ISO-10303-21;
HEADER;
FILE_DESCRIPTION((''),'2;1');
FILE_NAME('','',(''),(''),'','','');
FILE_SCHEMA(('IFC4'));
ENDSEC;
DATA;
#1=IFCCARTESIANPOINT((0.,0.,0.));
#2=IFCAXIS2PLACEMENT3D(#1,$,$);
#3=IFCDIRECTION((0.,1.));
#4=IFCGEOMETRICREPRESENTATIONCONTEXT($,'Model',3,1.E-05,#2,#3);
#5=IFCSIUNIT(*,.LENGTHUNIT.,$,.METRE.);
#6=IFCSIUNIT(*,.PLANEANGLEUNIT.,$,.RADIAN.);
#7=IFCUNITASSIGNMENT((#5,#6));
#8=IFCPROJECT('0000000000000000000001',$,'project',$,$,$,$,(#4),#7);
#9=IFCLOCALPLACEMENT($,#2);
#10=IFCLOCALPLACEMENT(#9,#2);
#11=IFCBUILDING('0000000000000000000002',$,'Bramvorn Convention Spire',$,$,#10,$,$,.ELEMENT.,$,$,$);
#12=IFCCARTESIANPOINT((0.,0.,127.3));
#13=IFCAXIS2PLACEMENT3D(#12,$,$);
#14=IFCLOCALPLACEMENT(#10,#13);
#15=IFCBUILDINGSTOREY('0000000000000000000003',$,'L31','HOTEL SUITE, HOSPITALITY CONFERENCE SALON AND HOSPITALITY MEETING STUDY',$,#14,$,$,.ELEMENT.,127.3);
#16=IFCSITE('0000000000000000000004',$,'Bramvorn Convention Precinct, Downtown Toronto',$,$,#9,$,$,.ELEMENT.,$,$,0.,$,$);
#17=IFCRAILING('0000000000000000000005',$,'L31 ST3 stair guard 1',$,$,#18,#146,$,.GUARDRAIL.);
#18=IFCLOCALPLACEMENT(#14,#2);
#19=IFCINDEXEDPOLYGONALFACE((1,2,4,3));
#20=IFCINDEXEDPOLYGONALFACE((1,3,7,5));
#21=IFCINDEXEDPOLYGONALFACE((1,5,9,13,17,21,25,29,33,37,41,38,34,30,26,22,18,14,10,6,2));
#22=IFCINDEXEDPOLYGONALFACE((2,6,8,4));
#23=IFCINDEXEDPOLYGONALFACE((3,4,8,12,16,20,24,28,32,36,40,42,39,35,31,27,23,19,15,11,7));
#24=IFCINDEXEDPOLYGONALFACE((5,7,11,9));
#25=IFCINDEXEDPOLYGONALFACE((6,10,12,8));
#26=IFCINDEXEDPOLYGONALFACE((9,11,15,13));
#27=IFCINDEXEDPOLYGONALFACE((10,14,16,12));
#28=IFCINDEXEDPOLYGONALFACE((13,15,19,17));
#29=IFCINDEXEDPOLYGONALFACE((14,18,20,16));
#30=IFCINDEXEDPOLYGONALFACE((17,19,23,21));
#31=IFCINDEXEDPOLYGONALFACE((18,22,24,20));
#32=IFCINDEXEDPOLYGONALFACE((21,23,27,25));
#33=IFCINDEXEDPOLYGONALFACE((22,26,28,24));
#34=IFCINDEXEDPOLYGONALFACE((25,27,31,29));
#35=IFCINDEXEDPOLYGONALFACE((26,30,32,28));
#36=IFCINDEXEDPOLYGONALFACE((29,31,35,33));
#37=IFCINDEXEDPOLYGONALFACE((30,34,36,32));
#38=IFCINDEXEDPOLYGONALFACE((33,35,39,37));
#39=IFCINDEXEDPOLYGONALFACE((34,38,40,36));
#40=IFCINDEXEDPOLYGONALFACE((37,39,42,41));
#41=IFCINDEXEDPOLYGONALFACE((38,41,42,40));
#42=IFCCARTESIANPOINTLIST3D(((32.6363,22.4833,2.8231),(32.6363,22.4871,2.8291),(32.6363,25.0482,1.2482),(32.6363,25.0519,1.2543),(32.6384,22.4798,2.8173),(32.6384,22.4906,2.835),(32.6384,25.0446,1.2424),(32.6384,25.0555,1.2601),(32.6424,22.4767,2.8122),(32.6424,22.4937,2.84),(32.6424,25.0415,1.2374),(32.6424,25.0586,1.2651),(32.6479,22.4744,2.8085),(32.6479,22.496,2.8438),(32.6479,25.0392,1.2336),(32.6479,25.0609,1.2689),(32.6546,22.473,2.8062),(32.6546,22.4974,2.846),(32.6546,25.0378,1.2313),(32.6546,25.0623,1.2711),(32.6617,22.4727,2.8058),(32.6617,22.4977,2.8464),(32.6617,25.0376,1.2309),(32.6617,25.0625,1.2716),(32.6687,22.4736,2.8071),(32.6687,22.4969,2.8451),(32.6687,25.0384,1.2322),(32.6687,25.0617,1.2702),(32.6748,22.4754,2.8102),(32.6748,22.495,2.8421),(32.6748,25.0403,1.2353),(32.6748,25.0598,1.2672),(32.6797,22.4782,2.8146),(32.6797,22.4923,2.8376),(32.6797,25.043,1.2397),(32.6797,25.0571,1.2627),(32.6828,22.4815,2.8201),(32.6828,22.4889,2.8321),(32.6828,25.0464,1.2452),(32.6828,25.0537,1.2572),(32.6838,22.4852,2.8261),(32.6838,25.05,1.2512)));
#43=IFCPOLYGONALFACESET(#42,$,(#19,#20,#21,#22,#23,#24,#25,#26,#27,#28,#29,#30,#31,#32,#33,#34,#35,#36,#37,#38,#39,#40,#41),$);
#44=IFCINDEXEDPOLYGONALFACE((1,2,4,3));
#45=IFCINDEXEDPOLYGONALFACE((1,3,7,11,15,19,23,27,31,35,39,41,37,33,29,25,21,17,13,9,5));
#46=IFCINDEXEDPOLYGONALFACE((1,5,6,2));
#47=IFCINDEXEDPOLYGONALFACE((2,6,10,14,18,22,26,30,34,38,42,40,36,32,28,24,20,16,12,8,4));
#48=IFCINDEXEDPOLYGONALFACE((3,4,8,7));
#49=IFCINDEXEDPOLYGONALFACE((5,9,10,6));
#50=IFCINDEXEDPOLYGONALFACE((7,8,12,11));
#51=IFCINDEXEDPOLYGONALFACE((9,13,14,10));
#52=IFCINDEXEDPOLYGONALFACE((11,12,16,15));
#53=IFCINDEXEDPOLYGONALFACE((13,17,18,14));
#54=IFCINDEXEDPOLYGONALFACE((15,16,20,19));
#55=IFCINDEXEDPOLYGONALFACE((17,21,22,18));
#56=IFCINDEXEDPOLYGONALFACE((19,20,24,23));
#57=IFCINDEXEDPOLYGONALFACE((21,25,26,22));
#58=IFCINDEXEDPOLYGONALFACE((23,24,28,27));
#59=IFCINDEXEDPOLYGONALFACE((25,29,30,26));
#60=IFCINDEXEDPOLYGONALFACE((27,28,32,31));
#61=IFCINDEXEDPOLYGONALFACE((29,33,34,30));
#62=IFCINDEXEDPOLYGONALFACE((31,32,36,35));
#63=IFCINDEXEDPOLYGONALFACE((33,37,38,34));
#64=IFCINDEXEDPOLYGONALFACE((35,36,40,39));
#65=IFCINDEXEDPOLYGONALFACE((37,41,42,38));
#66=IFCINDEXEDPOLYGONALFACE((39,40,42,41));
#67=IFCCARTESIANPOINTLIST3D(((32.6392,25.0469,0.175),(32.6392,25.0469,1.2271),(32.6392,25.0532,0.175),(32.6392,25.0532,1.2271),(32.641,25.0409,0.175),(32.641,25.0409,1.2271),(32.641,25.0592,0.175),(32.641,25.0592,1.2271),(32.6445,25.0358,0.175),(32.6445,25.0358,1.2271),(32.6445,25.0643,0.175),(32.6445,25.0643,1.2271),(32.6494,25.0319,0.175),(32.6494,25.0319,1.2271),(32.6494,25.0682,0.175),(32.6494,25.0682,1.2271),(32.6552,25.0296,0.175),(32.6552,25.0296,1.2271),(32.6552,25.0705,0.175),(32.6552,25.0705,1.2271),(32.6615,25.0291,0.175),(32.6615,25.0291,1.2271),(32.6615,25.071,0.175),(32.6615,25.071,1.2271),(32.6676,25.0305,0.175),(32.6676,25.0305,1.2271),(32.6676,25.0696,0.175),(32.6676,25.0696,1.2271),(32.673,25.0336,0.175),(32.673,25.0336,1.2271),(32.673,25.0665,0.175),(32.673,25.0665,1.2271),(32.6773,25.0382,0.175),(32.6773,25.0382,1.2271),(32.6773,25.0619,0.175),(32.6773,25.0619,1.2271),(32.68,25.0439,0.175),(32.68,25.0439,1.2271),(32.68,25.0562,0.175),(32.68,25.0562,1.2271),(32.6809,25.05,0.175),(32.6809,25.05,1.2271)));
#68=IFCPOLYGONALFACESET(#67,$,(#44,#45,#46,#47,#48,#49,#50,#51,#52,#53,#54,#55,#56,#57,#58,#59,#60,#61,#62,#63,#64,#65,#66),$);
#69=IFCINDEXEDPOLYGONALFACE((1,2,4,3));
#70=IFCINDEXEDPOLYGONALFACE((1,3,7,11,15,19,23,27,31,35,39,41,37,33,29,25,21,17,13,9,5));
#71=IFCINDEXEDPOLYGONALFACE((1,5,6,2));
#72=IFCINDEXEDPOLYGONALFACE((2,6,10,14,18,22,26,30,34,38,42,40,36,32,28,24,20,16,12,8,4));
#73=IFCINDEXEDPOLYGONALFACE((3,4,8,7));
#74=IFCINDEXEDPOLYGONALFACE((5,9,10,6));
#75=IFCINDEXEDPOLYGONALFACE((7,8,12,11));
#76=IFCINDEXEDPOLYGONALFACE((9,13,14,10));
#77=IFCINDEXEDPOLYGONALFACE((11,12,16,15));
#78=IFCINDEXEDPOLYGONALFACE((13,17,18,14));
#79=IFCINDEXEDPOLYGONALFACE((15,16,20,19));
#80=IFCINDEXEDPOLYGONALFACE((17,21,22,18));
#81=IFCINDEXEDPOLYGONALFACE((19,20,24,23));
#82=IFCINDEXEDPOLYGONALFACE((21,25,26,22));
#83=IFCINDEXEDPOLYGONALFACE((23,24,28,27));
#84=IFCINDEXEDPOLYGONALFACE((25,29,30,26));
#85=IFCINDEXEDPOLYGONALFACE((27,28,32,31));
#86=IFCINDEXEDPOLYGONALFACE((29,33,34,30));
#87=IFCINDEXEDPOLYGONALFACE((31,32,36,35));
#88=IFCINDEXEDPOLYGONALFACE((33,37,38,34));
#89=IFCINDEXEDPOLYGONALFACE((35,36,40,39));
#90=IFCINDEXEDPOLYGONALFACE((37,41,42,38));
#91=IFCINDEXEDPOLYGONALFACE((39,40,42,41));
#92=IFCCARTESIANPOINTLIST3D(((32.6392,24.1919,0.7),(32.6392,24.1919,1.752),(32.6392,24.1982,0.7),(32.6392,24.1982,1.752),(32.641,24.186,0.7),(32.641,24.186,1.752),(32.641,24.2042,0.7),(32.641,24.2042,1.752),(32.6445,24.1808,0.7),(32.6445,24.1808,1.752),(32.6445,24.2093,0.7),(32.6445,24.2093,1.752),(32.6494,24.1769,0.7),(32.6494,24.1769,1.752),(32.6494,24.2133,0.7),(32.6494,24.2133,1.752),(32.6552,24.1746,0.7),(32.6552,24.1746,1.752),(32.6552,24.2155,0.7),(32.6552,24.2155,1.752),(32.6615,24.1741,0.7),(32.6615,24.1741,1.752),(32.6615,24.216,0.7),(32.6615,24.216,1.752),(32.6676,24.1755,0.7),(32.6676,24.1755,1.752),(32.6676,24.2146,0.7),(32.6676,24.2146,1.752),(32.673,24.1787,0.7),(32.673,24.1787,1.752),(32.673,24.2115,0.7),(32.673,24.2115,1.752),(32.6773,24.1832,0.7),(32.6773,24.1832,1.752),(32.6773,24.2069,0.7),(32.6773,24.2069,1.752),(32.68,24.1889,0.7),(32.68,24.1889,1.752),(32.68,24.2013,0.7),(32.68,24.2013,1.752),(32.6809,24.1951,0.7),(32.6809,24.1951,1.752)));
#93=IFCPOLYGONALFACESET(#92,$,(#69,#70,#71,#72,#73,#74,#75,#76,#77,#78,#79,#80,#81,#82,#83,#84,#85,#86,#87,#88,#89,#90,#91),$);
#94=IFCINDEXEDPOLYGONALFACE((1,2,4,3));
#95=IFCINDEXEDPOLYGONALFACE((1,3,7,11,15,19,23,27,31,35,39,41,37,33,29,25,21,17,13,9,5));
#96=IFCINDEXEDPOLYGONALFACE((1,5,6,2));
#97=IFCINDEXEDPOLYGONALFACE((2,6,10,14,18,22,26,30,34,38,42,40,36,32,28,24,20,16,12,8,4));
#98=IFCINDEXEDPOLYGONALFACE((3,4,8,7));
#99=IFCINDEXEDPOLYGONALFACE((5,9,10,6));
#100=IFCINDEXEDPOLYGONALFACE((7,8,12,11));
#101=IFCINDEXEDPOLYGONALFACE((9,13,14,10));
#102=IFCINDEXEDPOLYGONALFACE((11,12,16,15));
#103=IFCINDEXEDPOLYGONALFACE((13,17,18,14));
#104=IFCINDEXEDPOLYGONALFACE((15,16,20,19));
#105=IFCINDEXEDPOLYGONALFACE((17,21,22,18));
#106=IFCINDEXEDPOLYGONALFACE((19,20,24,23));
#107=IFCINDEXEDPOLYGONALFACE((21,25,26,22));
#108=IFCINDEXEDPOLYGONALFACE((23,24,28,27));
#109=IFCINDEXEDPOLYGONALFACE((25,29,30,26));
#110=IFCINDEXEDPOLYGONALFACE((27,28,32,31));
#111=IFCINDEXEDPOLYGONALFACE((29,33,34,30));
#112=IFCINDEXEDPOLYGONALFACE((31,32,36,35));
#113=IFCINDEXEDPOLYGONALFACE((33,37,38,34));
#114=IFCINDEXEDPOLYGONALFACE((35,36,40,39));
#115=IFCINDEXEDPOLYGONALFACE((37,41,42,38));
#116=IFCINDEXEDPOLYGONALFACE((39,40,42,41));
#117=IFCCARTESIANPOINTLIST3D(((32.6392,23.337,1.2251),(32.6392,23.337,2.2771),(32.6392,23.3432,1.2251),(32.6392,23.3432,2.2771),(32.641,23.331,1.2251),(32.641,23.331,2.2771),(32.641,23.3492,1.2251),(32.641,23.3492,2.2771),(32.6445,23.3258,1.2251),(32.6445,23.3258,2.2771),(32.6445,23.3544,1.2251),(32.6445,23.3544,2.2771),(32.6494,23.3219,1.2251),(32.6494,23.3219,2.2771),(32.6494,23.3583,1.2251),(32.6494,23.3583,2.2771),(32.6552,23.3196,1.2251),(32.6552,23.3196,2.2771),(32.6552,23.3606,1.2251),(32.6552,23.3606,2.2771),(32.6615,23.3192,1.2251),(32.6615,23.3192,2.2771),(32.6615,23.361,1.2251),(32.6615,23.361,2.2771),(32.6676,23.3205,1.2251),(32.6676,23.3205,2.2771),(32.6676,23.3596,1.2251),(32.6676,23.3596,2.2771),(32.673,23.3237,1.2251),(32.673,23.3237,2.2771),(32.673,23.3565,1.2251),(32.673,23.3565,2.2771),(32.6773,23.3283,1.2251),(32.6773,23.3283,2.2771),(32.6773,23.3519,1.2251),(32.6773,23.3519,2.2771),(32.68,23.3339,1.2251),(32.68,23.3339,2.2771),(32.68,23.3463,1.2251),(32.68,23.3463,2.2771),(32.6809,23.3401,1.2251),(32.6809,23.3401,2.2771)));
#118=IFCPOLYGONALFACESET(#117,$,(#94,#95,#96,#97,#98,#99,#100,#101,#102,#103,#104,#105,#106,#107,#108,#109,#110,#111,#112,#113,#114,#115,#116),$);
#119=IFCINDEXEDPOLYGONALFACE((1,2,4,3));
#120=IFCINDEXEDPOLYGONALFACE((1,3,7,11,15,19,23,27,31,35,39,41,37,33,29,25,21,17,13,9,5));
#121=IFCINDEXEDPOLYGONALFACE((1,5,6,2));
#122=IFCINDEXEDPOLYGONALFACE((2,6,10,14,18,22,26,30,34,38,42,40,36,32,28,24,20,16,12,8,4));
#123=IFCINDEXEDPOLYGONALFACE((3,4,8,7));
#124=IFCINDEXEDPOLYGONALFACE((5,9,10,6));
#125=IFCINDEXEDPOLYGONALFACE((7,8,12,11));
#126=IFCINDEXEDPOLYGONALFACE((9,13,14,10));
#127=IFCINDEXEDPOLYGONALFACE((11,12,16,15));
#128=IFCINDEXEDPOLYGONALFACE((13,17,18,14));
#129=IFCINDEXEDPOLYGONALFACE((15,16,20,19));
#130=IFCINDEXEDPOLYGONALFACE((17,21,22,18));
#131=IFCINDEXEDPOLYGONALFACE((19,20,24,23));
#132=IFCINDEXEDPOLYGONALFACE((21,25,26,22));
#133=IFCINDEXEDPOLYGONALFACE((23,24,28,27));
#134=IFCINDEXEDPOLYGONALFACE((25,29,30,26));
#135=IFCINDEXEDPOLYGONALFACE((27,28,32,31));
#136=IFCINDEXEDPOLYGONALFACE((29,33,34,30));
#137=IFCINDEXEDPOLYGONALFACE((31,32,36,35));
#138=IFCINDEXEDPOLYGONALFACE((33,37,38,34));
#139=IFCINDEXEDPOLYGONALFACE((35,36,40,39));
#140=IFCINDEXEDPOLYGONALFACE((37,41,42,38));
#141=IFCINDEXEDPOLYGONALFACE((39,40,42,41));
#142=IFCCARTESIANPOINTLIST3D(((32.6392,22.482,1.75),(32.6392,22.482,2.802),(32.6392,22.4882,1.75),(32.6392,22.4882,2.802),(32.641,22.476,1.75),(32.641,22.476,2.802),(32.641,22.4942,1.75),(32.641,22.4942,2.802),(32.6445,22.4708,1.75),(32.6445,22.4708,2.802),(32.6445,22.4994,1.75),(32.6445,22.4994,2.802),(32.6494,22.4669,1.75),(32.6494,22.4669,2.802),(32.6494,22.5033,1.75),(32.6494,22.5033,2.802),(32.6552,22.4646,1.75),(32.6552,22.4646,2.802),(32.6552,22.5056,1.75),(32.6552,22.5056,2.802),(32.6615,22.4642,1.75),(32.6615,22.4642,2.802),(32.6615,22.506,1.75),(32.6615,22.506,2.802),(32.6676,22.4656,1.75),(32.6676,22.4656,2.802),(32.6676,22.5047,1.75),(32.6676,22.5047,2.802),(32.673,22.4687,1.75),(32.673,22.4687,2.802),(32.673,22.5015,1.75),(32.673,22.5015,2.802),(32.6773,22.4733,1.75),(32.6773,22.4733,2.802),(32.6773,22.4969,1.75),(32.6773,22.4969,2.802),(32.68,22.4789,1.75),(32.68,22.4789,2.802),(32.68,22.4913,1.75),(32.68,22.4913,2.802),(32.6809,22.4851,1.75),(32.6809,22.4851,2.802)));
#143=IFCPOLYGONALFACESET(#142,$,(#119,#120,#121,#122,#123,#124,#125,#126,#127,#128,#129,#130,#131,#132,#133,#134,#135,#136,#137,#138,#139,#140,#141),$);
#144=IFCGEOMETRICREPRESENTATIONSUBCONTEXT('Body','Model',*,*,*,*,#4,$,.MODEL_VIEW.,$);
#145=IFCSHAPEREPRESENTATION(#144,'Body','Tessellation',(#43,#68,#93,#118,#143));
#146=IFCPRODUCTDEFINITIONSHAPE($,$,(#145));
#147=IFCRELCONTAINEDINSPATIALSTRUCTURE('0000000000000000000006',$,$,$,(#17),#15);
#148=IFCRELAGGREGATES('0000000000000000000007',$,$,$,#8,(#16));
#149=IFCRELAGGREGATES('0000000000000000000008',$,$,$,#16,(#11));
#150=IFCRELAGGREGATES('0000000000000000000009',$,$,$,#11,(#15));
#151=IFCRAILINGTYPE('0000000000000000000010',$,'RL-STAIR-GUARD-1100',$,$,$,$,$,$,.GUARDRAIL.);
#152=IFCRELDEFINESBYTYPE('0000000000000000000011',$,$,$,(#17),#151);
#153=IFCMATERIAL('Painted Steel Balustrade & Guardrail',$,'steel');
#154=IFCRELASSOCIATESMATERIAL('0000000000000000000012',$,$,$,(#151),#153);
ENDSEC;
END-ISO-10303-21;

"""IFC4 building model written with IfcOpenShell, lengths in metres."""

from ifc_helpers import new_model, si_unit, direction, frame, origin, origin_2d, place, context, subcontext, project, spatial, circle, extrude, material, type_object, element, save


model = new_model("IFC4")

# Units and contexts
model_context = context("Model", 3, precision=1e-05, world=origin(), true_north=direction((0.0, 1.0)))
body_context = subcontext(model_context, "Body", "Model", "MODEL_VIEW")
ifc_project = project(units=[si_unit("LENGTHUNIT", "METRE"), si_unit("PLANEANGLEUNIT", "RADIAN")], contexts=[model_context])

# Site, building, storey
site_placement = place(None, origin())
site = spatial("IfcSite", under=ifc_project, at=site_placement, Name="Bramvorn Convention Precinct, Downtown Toronto", CompositionType="ELEMENT", RefElevation=0.0)
building_placement = place(site_placement, origin())
building = spatial("IfcBuilding", under=site, at=building_placement, Name="Bramvorn Convention Spire", CompositionType="ELEMENT")
storey_placement = place(building_placement, frame((0.0, 0.0, 127.3)))
storey = spatial("IfcBuildingStorey", under=building, at=storey_placement, Name="L31", Description="HOTEL SUITE, HOSPITALITY CONFERENCE SALON AND HOSPITALITY MEETING STUDY", CompositionType="ELEMENT", Elevation=127.3)

# Railing
ifc_material_1 = material(Name="Painted Steel Balustrade & Guardrail", Category="steel")
railing_type_1 = type_object("IfcRailingType", Name="RL-STAIR-GUARD-1100", PredefinedType="GUARDRAIL", material=ifc_material_1)
railing_1_placement = place(storey_placement, frame((32.6599, 25.05, 0.175)))
element("IfcRailing", 1, at=railing_1_placement, inside=storey, type_object=railing_type_1, Name="L31 ST3 stair guard 1", PredefinedType="GUARDRAIL", context=body_context, shape_type="SweptSolid", body=[
    extrude(circle(Radius=0.0239, at=origin_2d()), frame((0.0, 0.0, 1.0762), z_axis=(0.0, -0.852173, 0.52326), x_axis=(1.0, 0.0, 0.0)), (0.0, 0.0, 1.0), 3.0098),
    extrude(circle(Radius=0.021, at=origin_2d()), origin(), (0.0, 0.0, 1.0), 1.052),
    extrude(circle(Radius=0.021, at=origin_2d()), frame((0.0, -0.855, 0.5249)), (0.0, 0.0, 1.0), 1.052),
    extrude(circle(Radius=0.021, at=origin_2d()), frame((0.0, -1.71, 1.05)), (0.0, 0.0, 1.0), 1.052),
    extrude(circle(Radius=0.021, at=origin_2d()), frame((0.0, -2.5649, 1.575)), (0.0, 0.0, 1.0), 1.052),
])

save(model, "model.ifc")
